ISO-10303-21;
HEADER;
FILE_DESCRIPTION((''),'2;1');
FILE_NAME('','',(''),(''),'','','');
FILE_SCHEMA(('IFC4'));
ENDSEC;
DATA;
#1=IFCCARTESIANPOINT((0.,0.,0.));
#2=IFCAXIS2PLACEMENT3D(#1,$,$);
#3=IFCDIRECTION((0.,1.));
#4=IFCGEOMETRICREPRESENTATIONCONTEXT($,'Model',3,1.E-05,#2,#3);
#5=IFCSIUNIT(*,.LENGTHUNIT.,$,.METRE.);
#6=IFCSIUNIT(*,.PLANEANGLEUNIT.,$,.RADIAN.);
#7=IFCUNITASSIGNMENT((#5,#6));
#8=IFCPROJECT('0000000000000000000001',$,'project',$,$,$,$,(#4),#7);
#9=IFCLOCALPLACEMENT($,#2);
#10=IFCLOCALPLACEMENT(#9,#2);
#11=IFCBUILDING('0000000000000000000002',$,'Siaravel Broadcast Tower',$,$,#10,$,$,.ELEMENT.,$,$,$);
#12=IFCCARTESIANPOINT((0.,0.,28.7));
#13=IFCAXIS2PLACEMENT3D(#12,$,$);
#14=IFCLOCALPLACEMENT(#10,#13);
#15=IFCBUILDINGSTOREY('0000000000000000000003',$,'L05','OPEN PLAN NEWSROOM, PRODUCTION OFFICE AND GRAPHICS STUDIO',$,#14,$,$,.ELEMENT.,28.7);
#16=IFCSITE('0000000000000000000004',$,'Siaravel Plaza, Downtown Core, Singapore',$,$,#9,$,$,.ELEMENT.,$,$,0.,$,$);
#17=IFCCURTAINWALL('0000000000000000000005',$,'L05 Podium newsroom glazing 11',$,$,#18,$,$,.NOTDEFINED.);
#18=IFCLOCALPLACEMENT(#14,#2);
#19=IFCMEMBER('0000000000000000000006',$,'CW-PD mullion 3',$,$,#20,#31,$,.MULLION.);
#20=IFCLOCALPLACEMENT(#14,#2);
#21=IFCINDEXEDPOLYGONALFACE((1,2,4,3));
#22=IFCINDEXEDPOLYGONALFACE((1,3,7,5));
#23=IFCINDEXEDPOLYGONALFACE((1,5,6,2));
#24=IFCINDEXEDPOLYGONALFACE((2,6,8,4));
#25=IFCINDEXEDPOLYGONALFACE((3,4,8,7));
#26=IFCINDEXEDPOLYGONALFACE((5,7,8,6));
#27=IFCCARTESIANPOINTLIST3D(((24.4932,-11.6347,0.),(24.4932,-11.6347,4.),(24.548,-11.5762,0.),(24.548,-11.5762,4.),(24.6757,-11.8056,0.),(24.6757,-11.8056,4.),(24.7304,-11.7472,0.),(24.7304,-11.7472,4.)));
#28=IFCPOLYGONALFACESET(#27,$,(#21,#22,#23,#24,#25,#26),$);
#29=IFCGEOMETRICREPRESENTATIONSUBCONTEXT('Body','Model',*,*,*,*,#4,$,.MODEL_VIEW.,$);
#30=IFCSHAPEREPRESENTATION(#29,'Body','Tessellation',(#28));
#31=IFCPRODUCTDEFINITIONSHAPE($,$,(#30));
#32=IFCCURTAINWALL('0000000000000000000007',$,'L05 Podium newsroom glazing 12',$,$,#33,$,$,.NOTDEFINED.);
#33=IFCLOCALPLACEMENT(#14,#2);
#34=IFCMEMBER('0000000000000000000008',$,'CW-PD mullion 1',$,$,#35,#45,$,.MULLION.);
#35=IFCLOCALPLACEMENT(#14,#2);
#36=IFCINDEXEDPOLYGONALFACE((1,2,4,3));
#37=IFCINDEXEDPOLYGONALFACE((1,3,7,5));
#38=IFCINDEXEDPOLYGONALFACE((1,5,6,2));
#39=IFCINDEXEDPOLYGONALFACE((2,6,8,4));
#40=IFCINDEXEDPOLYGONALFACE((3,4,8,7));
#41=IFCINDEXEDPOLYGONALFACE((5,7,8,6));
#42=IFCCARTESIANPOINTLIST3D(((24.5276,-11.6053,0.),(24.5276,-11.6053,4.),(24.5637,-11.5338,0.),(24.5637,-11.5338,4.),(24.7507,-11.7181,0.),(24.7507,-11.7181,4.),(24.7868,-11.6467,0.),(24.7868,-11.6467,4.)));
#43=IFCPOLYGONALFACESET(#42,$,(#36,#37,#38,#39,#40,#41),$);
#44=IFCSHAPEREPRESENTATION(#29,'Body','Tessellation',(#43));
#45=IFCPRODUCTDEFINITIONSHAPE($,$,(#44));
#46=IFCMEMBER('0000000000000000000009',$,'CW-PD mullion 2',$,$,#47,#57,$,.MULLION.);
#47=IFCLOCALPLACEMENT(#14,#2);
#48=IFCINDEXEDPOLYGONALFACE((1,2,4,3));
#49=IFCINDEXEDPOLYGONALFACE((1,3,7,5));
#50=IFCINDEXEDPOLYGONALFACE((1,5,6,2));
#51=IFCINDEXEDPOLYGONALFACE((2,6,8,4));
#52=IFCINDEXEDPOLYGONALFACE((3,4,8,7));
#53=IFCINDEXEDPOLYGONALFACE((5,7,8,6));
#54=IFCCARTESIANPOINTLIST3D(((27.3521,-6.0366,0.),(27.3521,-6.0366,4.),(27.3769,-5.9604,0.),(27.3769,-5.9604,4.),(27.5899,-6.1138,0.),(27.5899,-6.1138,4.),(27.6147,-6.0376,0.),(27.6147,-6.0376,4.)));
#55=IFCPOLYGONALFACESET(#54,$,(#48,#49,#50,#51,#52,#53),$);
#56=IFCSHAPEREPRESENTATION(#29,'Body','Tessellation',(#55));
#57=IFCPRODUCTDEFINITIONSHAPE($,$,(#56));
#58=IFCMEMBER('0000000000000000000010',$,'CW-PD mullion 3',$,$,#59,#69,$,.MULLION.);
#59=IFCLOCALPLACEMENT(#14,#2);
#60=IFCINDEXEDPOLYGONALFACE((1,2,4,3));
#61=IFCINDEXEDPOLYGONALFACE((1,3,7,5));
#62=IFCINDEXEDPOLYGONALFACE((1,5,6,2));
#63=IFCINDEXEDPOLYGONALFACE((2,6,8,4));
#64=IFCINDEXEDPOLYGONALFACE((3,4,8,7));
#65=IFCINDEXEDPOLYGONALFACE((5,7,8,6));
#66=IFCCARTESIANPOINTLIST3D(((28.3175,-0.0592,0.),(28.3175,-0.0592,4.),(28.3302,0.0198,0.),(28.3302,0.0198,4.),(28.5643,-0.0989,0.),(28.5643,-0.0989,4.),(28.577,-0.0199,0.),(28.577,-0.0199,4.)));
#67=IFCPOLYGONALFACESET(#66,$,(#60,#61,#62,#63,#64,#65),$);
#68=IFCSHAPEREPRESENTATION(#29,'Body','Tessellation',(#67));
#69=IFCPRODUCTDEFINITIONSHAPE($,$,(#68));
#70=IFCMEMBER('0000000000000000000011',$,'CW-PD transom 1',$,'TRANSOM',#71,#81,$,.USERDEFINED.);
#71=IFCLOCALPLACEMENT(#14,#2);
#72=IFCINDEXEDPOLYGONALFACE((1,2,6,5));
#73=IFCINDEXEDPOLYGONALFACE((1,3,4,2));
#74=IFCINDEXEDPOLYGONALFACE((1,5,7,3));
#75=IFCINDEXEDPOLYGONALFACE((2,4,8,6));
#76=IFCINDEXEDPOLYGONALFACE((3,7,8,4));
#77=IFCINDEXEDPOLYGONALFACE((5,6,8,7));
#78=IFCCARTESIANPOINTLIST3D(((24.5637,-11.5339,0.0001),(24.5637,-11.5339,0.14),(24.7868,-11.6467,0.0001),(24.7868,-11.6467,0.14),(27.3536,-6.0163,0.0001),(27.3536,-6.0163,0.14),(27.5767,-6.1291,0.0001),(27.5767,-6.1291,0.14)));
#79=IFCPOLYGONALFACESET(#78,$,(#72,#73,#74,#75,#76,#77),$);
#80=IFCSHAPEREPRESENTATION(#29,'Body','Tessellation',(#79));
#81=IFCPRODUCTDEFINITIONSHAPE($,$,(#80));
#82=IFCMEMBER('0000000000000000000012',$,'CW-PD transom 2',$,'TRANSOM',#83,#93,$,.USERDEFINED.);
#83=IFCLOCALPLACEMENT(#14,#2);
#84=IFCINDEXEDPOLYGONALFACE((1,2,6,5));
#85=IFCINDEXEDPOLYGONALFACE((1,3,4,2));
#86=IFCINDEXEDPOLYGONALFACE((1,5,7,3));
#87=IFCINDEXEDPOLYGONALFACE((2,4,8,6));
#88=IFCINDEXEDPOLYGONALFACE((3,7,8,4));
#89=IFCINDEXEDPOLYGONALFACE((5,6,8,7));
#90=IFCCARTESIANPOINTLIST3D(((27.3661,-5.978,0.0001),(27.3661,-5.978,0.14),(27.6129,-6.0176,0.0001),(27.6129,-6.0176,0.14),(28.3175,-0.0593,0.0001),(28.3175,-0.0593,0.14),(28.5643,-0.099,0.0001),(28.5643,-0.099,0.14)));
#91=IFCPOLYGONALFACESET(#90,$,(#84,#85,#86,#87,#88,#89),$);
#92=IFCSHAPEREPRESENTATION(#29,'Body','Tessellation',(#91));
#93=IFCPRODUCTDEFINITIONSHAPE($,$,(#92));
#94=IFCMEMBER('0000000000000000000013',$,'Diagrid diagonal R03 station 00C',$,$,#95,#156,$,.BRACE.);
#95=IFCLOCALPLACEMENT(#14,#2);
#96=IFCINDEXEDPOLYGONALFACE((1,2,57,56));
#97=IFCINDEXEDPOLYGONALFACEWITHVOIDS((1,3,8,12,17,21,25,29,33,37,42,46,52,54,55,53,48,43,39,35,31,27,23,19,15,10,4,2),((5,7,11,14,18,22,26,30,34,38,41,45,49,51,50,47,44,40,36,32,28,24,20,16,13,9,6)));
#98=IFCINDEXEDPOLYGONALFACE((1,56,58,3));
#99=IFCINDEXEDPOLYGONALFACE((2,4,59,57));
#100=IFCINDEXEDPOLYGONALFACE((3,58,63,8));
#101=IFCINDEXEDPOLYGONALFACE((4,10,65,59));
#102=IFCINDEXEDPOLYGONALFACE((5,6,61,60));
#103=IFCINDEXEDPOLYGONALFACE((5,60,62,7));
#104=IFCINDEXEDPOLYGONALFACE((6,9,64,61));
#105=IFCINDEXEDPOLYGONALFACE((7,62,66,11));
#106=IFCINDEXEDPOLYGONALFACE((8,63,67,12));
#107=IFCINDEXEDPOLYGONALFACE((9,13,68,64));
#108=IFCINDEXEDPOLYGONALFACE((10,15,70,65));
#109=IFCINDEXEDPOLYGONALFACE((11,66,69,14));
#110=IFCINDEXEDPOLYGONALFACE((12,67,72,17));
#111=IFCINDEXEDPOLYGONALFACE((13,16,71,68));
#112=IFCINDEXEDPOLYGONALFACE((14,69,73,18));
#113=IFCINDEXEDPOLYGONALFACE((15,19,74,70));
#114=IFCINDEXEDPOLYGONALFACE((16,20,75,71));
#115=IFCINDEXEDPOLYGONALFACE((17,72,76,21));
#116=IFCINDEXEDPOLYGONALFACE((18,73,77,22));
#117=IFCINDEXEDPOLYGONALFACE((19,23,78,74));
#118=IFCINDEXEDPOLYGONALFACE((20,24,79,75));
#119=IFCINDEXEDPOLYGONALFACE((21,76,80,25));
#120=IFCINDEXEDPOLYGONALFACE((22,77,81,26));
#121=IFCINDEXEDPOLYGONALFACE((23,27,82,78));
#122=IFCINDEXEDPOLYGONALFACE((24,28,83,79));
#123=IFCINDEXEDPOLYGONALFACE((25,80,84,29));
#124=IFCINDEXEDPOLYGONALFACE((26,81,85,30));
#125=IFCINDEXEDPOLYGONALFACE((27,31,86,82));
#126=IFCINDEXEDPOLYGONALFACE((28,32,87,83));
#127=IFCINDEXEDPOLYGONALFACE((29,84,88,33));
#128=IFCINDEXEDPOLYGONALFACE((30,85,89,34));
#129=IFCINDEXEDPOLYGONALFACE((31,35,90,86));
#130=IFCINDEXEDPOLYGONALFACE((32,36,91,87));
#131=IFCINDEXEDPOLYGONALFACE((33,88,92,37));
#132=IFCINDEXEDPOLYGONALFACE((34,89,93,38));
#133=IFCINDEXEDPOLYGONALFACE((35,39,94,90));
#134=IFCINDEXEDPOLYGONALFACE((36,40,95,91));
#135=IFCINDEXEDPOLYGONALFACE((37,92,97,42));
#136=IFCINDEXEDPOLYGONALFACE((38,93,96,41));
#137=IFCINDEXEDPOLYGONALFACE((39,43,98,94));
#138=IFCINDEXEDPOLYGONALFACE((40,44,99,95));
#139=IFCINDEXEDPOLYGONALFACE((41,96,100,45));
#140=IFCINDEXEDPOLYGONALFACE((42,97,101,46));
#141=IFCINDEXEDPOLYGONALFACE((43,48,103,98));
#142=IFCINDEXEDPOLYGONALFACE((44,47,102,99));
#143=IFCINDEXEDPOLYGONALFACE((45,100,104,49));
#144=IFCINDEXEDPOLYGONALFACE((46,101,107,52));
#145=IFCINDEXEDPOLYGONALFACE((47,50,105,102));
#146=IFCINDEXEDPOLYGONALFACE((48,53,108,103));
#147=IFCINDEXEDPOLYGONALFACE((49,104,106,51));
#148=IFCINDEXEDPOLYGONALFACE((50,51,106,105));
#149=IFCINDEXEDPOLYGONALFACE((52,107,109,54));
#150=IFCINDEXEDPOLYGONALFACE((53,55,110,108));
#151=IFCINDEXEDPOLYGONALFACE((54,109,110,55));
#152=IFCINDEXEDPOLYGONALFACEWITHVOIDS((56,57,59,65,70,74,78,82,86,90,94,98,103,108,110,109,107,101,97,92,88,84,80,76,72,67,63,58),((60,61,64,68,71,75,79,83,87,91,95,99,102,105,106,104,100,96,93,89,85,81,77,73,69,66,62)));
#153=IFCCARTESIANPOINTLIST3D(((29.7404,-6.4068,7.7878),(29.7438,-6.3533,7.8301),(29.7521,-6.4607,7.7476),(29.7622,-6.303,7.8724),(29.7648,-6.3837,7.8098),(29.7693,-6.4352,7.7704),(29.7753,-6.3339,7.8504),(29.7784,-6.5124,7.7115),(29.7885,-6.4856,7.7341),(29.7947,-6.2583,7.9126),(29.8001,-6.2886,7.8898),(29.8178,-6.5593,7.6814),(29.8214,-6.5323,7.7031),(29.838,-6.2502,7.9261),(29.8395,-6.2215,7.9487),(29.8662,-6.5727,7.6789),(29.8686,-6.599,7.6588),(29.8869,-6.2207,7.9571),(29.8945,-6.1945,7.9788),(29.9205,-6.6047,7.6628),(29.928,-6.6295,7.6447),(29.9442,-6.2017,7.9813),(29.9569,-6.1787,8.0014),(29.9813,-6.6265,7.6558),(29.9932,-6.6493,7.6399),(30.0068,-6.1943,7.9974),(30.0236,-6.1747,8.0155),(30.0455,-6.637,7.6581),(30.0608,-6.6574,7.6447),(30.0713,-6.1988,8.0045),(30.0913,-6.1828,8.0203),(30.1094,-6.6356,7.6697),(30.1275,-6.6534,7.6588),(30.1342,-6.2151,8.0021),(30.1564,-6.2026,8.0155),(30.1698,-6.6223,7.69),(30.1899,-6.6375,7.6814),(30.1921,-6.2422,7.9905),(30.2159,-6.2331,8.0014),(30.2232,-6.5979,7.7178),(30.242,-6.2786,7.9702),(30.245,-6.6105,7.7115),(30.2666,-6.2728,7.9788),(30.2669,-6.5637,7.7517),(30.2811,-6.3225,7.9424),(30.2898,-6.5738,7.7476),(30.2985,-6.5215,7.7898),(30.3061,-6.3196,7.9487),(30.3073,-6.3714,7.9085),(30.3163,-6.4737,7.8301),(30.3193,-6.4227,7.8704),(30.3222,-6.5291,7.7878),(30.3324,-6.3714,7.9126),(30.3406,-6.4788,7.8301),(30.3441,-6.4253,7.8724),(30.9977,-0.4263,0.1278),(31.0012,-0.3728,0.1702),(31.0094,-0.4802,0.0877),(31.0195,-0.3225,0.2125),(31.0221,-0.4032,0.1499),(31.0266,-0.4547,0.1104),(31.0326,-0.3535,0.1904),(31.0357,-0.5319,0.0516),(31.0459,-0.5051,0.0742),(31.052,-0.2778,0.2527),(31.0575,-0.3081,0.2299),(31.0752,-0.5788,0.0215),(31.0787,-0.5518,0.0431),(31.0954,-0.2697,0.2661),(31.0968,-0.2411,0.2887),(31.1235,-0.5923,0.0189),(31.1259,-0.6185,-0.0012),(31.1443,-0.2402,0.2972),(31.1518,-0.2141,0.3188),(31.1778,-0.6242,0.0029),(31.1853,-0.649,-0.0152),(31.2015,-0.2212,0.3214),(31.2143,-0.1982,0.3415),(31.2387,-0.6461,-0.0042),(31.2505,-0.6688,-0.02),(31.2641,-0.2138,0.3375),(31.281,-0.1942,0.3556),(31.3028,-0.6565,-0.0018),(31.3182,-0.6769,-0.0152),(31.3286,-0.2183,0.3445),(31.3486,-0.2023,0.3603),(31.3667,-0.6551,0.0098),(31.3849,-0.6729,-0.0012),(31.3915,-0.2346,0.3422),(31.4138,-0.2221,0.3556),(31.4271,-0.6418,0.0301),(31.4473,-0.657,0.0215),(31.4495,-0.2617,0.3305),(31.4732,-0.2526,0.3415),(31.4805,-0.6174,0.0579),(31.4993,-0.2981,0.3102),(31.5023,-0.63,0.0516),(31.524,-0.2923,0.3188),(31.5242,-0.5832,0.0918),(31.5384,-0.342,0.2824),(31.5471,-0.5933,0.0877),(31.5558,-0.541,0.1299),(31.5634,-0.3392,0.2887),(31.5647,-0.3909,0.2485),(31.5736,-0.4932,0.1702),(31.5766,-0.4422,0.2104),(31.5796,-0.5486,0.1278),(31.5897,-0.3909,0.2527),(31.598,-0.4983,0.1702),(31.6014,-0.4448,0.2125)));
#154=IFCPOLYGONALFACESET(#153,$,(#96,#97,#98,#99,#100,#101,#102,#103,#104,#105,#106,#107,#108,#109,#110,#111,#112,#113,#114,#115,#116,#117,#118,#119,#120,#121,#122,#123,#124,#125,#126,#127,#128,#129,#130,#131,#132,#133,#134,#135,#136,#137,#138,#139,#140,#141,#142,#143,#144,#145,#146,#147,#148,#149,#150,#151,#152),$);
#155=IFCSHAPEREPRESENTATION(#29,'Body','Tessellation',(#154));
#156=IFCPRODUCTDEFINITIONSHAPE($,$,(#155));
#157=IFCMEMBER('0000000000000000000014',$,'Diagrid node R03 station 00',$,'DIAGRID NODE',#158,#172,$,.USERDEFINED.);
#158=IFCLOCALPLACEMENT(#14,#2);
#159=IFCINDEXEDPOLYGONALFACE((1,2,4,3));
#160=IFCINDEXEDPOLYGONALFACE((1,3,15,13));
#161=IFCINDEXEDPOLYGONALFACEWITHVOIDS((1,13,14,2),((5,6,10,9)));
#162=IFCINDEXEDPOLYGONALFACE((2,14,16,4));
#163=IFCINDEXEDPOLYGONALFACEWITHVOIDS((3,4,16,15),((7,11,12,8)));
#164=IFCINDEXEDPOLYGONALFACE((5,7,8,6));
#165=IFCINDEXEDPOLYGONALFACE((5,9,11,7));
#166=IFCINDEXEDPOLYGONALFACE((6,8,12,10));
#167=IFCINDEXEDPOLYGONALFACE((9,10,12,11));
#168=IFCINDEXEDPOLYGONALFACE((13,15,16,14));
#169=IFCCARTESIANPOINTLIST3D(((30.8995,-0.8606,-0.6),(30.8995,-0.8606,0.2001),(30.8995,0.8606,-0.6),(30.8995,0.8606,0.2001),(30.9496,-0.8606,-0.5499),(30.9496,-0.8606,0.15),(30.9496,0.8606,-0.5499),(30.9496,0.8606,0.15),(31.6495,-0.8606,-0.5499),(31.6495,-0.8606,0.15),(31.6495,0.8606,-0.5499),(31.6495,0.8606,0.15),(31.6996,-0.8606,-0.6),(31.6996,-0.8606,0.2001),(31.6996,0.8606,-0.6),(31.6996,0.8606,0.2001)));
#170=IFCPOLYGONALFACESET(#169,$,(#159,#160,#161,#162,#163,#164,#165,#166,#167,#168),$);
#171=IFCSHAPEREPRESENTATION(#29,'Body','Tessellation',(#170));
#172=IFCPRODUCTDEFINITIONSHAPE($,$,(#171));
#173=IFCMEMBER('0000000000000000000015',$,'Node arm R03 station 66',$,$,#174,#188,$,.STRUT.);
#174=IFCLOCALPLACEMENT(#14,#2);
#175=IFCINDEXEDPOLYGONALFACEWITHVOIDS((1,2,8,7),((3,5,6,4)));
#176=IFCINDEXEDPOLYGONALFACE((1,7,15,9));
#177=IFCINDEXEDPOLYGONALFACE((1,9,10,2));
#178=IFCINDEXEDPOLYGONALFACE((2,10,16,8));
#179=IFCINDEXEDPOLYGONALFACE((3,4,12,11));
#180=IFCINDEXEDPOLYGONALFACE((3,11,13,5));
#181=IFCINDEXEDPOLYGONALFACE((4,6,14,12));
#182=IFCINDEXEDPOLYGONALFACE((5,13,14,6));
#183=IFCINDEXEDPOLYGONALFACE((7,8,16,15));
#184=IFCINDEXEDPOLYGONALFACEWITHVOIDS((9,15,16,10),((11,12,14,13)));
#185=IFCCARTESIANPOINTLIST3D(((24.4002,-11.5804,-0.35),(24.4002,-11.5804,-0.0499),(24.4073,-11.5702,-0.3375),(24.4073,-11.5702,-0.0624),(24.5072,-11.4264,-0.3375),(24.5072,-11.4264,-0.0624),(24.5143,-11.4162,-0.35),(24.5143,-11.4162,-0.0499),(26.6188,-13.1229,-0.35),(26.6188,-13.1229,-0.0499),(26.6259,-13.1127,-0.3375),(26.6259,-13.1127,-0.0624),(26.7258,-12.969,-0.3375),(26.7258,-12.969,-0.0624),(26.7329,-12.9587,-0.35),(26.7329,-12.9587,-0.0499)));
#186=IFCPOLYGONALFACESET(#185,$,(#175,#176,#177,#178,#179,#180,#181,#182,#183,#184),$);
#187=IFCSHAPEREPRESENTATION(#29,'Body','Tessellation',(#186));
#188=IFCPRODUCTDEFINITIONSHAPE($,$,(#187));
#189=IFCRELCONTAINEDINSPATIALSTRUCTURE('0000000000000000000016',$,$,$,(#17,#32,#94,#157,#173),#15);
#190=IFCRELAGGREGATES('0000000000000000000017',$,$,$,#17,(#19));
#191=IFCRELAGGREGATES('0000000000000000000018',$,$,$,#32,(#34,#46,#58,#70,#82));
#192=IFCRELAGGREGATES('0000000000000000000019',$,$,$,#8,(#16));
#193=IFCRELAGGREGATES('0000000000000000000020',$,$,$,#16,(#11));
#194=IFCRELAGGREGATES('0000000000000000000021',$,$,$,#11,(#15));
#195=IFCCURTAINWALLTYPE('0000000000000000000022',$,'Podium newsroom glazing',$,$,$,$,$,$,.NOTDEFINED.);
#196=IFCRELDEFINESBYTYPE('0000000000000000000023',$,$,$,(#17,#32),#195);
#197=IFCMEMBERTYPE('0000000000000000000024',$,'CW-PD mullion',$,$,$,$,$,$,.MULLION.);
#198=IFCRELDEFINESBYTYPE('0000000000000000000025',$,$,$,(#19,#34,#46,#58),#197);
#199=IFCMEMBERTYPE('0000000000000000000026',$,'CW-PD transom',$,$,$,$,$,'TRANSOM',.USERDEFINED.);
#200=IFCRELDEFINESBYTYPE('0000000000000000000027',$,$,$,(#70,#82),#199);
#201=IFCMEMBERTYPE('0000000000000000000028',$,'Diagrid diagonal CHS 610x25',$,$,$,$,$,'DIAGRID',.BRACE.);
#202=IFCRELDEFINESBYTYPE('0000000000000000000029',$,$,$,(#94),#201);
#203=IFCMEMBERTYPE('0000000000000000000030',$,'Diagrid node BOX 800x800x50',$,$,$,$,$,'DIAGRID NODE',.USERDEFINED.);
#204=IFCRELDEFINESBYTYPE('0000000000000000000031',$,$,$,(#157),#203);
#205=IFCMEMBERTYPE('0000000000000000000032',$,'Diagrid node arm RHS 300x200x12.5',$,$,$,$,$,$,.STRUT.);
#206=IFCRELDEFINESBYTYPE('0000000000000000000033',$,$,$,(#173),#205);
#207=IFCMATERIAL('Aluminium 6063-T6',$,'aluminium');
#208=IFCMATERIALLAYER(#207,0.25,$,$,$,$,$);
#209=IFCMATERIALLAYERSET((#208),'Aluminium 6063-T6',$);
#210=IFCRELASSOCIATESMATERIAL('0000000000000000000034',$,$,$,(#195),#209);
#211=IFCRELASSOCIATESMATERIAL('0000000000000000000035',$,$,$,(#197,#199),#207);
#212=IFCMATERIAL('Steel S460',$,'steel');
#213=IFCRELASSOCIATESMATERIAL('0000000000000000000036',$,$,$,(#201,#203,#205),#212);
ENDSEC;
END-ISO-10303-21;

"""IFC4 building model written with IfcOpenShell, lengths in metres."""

from ifc_helpers import new_model, si_unit, direction, frame, origin, origin_2d, place, context, subcontext, project, spatial, rectangle, hollow_rectangle, hollow_circle, extrude, material, layer, layer_set, material_profile, profile_set, type_object, element, aggregate, save


model = new_model("IFC4")

# Units and contexts
model_context = context("Model", 3, precision=1e-05, world=origin(), true_north=direction((0.0, 1.0)))
body_context = subcontext(model_context, "Body", "Model", "MODEL_VIEW")
ifc_project = project(units=[si_unit("LENGTHUNIT", "METRE"), si_unit("PLANEANGLEUNIT", "RADIAN")], contexts=[model_context])

# Site, building, storey
site_placement = place(None, origin())
site = spatial("IfcSite", under=ifc_project, at=site_placement, Name="Siaravel Plaza, Downtown Core, Singapore", CompositionType="ELEMENT", RefElevation=0.0)
building_placement = place(site_placement, origin())
building = spatial("IfcBuilding", under=site, at=building_placement, Name="Siaravel Broadcast Tower", CompositionType="ELEMENT")
storey_placement = place(building_placement, frame((0.0, 0.0, 28.7)))
storey = spatial("IfcBuildingStorey", under=building, at=storey_placement, Name="L05", Description="OPEN PLAN NEWSROOM, PRODUCTION OFFICE AND GRAPHICS STUDIO", CompositionType="ELEMENT", Elevation=28.7)

# Curtain wall, member
ifc_material_1 = material(Name="Aluminium 6063-T6", Category="aluminium")
ifc_layer_1 = layer(ifc_material_1, 0.25)
ifc_layer_set_1 = layer_set([ifc_layer_1], Name="Aluminium 6063-T6")
curtain_wall_type = type_object("IfcCurtainWallType", Name="Podium newsroom glazing", PredefinedType="NOTDEFINED", material=ifc_layer_set_1)
curtain_wall_1_placement = place(storey_placement, origin())
curtain_wall_1 = element("IfcCurtainWall", 1, at=curtain_wall_1_placement, inside=storey, type_object=curtain_wall_type, Name="L05 Podium newsroom glazing 11", PredefinedType="NOTDEFINED")
ifc_material_profile_1 = material_profile(ifc_material_1, rectangle(XDim=0.25, YDim=0.0801, at=origin_2d()))
ifc_profile_set_1 = profile_set([ifc_material_profile_1], Name="Aluminium 6063-T6")
member_type_1 = type_object("IfcMemberType", Name="CW-PD mullion", PredefinedType="MULLION", material=ifc_profile_set_1)
member_1_placement = place(storey_placement, frame((24.6118, -11.6909, 0.0), z_axis=(0.0, 0.0, 1.0), x_axis=(-0.729804, 0.683656, 0.0)))
member_1 = element("IfcMember", 2, at=member_1_placement, type_object=member_type_1, Name="CW-PD mullion 3", PredefinedType="MULLION", context=body_context, shape_type="SweptSolid", body=[
    extrude(rectangle(XDim=0.25, YDim=0.0801, at=origin_2d()), origin(), (0.0, 0.0, 1.0), 4.0),
])
aggregate(curtain_wall_1, [member_1])

# Curtain wall, members
curtain_wall_2_placement = place(storey_placement, origin())
curtain_wall_2 = element("IfcCurtainWall", 3, at=curtain_wall_2_placement, inside=storey, type_object=curtain_wall_type, Name="L05 Podium newsroom glazing 12", PredefinedType="NOTDEFINED")
member_2_placement = place(storey_placement, frame((24.6572, -11.626, 0.0), z_axis=(0.0, 0.0, 1.0), x_axis=(-0.892391, 0.451262, 0.0)))
member_2 = element("IfcMember", 4, at=member_2_placement, type_object=member_type_1, Name="CW-PD mullion 1", PredefinedType="MULLION", context=body_context, shape_type="SweptSolid", body=[
    extrude(rectangle(XDim=0.25, YDim=0.0801, at=origin_2d()), origin(), (0.0, 0.0, 1.0), 4.0),
])
member_3_placement = place(storey_placement, frame((27.4834, -6.0371, 0.0), z_axis=(0.0, 0.0, 1.0), x_axis=(-0.951177, 0.308646, 0.0)))
member_3 = element("IfcMember", 5, at=member_3_placement, type_object=member_type_1, Name="CW-PD mullion 2", PredefinedType="MULLION", context=body_context, shape_type="SweptSolid", body=[
    extrude(rectangle(XDim=0.25, YDim=0.0801, at=origin_2d()), origin(), (0.0, 0.0, 1.0), 4.0),
])
member_4_placement = place(storey_placement, frame((28.4473, -0.0396, 0.0), z_axis=(0.0, 0.0, 1.0), x_axis=(-0.987329, 0.158686, 0.0)))
member_4 = element("IfcMember", 6, at=member_4_placement, type_object=member_type_1, Name="CW-PD mullion 3", PredefinedType="MULLION", context=body_context, shape_type="SweptSolid", body=[
    extrude(rectangle(XDim=0.25, YDim=0.0801, at=origin_2d()), origin(), (0.0, 0.0, 1.0), 4.0),
])
ifc_material_profile_2 = material_profile(ifc_material_1, rectangle(XDim=0.25, YDim=0.1399, at=origin_2d()))
ifc_profile_set_2 = profile_set([ifc_material_profile_2], Name="Aluminium 6063-T6")
member_type_2 = type_object("IfcMemberType", Name="CW-PD transom", ElementType="TRANSOM", PredefinedType="USERDEFINED", material=ifc_profile_set_2)
member_5_placement = place(storey_placement, frame((24.6753, -11.5903, 0.0701), z_axis=(0.451221, 0.892412, 0.0), x_axis=(-0.892412, 0.451221, 0.0)))
member_5 = element("IfcMember", 7, at=member_5_placement, type_object=member_type_2, Name="CW-PD transom 1", ObjectType="TRANSOM", PredefinedType="USERDEFINED", context=body_context, shape_type="SweptSolid", body=[
    extrude(rectangle(XDim=0.25, YDim=0.1399, at=origin_2d()), origin(), (0.0, 0.0, 1.0), 6.1829),
])
member_6_placement = place(storey_placement, frame((27.4895, -5.9978, 0.0701), z_axis=(0.15871, 0.987325, 0.0), x_axis=(-0.987325, 0.15871, 0.0)))
member_6 = element("IfcMember", 8, at=member_6_placement, type_object=member_type_2, Name="CW-PD transom 2", ObjectType="TRANSOM", PredefinedType="USERDEFINED", context=body_context, shape_type="SweptSolid", body=[
    extrude(rectangle(XDim=0.25, YDim=0.1399, at=origin_2d()), origin(), (0.0, 0.0, 1.0), 5.9946),
])

# Members
ifc_material_2 = material(Name="Steel S460", Category="steel")
ifc_material_profile_3 = material_profile(ifc_material_2, hollow_circle(Radius=0.3049, WallThickness=0.0249, at=origin_2d()))
ifc_profile_set_3 = profile_set([ifc_material_profile_3], Name="Steel S460")
member_type_3 = type_object("IfcMemberType", Name="Diagrid diagonal CHS 610x25", ElementType="DIAGRID", PredefinedType="BRACE", material=ifc_profile_set_3)
member_7_placement = place(storey_placement, frame((31.2996, -0.4355, 0.1702), z_axis=(-0.128311, -0.610312, 0.781701), x_axis=(0.978607, -0.205741, 0.0)))
element("IfcMember", 9, at=member_7_placement, inside=storey, type_object=member_type_3, Name="Diagrid diagonal R03 station 00C", PredefinedType="BRACE", context=body_context, shape_type="SweptSolid", body=[
    extrude(hollow_circle(Radius=0.3049, WallThickness=0.0249, at=origin_2d()), origin(), (0.0, 0.0, 1.0), 9.7991),
])
ifc_material_profile_4 = material_profile(ifc_material_2, hollow_rectangle(XDim=0.8, YDim=0.8, WallThickness=0.05, at=origin_2d()))
ifc_profile_set_4 = profile_set([ifc_material_profile_4], Name="Steel S460")
member_type_4 = type_object("IfcMemberType", Name="Diagrid node BOX 800x800x50", ElementType="DIAGRID NODE", PredefinedType="USERDEFINED", material=ifc_profile_set_4)
member_8_placement = place(storey_placement, frame((31.2996, -0.8606, -0.2), z_axis=(0.0, 1.0, 0.0), x_axis=(-1.0, 0.0, 0.0)))
element("IfcMember", 10, at=member_8_placement, inside=storey, type_object=member_type_4, Name="Diagrid node R03 station 00", ObjectType="DIAGRID NODE", PredefinedType="USERDEFINED", context=body_context, shape_type="SweptSolid", body=[
    extrude(hollow_rectangle(XDim=0.8, YDim=0.8, WallThickness=0.05, at=origin_2d()), origin(), (0.0, 0.0, 1.0), 1.7212),
])
ifc_material_profile_5 = material_profile(ifc_material_2, hollow_rectangle(XDim=0.2, YDim=0.3, WallThickness=0.0125, at=origin_2d()))
ifc_profile_set_5 = profile_set([ifc_material_profile_5], Name="Steel S460")
member_type_5 = type_object("IfcMemberType", Name="Diagrid node arm RHS 300x200x12.5", PredefinedType="STRUT", material=ifc_profile_set_5)
member_9_placement = place(storey_placement, frame((24.4573, -11.4983, -0.2), z_axis=(0.821049, -0.570858, 0.0), x_axis=(0.570858, 0.821049, 0.0)))
element("IfcMember", 11, at=member_9_placement, inside=storey, type_object=member_type_5, Name="Node arm R03 station 66", PredefinedType="STRUT", context=body_context, shape_type="SweptSolid", body=[
    extrude(hollow_rectangle(XDim=0.2, YDim=0.3, WallThickness=0.0125, at=origin_2d()), origin(), (0.0, 0.0, 1.0), 2.7021),
])

aggregate(curtain_wall_2, [member_2, member_3, member_4, member_5, member_6])

save(model, "model.ifc")
